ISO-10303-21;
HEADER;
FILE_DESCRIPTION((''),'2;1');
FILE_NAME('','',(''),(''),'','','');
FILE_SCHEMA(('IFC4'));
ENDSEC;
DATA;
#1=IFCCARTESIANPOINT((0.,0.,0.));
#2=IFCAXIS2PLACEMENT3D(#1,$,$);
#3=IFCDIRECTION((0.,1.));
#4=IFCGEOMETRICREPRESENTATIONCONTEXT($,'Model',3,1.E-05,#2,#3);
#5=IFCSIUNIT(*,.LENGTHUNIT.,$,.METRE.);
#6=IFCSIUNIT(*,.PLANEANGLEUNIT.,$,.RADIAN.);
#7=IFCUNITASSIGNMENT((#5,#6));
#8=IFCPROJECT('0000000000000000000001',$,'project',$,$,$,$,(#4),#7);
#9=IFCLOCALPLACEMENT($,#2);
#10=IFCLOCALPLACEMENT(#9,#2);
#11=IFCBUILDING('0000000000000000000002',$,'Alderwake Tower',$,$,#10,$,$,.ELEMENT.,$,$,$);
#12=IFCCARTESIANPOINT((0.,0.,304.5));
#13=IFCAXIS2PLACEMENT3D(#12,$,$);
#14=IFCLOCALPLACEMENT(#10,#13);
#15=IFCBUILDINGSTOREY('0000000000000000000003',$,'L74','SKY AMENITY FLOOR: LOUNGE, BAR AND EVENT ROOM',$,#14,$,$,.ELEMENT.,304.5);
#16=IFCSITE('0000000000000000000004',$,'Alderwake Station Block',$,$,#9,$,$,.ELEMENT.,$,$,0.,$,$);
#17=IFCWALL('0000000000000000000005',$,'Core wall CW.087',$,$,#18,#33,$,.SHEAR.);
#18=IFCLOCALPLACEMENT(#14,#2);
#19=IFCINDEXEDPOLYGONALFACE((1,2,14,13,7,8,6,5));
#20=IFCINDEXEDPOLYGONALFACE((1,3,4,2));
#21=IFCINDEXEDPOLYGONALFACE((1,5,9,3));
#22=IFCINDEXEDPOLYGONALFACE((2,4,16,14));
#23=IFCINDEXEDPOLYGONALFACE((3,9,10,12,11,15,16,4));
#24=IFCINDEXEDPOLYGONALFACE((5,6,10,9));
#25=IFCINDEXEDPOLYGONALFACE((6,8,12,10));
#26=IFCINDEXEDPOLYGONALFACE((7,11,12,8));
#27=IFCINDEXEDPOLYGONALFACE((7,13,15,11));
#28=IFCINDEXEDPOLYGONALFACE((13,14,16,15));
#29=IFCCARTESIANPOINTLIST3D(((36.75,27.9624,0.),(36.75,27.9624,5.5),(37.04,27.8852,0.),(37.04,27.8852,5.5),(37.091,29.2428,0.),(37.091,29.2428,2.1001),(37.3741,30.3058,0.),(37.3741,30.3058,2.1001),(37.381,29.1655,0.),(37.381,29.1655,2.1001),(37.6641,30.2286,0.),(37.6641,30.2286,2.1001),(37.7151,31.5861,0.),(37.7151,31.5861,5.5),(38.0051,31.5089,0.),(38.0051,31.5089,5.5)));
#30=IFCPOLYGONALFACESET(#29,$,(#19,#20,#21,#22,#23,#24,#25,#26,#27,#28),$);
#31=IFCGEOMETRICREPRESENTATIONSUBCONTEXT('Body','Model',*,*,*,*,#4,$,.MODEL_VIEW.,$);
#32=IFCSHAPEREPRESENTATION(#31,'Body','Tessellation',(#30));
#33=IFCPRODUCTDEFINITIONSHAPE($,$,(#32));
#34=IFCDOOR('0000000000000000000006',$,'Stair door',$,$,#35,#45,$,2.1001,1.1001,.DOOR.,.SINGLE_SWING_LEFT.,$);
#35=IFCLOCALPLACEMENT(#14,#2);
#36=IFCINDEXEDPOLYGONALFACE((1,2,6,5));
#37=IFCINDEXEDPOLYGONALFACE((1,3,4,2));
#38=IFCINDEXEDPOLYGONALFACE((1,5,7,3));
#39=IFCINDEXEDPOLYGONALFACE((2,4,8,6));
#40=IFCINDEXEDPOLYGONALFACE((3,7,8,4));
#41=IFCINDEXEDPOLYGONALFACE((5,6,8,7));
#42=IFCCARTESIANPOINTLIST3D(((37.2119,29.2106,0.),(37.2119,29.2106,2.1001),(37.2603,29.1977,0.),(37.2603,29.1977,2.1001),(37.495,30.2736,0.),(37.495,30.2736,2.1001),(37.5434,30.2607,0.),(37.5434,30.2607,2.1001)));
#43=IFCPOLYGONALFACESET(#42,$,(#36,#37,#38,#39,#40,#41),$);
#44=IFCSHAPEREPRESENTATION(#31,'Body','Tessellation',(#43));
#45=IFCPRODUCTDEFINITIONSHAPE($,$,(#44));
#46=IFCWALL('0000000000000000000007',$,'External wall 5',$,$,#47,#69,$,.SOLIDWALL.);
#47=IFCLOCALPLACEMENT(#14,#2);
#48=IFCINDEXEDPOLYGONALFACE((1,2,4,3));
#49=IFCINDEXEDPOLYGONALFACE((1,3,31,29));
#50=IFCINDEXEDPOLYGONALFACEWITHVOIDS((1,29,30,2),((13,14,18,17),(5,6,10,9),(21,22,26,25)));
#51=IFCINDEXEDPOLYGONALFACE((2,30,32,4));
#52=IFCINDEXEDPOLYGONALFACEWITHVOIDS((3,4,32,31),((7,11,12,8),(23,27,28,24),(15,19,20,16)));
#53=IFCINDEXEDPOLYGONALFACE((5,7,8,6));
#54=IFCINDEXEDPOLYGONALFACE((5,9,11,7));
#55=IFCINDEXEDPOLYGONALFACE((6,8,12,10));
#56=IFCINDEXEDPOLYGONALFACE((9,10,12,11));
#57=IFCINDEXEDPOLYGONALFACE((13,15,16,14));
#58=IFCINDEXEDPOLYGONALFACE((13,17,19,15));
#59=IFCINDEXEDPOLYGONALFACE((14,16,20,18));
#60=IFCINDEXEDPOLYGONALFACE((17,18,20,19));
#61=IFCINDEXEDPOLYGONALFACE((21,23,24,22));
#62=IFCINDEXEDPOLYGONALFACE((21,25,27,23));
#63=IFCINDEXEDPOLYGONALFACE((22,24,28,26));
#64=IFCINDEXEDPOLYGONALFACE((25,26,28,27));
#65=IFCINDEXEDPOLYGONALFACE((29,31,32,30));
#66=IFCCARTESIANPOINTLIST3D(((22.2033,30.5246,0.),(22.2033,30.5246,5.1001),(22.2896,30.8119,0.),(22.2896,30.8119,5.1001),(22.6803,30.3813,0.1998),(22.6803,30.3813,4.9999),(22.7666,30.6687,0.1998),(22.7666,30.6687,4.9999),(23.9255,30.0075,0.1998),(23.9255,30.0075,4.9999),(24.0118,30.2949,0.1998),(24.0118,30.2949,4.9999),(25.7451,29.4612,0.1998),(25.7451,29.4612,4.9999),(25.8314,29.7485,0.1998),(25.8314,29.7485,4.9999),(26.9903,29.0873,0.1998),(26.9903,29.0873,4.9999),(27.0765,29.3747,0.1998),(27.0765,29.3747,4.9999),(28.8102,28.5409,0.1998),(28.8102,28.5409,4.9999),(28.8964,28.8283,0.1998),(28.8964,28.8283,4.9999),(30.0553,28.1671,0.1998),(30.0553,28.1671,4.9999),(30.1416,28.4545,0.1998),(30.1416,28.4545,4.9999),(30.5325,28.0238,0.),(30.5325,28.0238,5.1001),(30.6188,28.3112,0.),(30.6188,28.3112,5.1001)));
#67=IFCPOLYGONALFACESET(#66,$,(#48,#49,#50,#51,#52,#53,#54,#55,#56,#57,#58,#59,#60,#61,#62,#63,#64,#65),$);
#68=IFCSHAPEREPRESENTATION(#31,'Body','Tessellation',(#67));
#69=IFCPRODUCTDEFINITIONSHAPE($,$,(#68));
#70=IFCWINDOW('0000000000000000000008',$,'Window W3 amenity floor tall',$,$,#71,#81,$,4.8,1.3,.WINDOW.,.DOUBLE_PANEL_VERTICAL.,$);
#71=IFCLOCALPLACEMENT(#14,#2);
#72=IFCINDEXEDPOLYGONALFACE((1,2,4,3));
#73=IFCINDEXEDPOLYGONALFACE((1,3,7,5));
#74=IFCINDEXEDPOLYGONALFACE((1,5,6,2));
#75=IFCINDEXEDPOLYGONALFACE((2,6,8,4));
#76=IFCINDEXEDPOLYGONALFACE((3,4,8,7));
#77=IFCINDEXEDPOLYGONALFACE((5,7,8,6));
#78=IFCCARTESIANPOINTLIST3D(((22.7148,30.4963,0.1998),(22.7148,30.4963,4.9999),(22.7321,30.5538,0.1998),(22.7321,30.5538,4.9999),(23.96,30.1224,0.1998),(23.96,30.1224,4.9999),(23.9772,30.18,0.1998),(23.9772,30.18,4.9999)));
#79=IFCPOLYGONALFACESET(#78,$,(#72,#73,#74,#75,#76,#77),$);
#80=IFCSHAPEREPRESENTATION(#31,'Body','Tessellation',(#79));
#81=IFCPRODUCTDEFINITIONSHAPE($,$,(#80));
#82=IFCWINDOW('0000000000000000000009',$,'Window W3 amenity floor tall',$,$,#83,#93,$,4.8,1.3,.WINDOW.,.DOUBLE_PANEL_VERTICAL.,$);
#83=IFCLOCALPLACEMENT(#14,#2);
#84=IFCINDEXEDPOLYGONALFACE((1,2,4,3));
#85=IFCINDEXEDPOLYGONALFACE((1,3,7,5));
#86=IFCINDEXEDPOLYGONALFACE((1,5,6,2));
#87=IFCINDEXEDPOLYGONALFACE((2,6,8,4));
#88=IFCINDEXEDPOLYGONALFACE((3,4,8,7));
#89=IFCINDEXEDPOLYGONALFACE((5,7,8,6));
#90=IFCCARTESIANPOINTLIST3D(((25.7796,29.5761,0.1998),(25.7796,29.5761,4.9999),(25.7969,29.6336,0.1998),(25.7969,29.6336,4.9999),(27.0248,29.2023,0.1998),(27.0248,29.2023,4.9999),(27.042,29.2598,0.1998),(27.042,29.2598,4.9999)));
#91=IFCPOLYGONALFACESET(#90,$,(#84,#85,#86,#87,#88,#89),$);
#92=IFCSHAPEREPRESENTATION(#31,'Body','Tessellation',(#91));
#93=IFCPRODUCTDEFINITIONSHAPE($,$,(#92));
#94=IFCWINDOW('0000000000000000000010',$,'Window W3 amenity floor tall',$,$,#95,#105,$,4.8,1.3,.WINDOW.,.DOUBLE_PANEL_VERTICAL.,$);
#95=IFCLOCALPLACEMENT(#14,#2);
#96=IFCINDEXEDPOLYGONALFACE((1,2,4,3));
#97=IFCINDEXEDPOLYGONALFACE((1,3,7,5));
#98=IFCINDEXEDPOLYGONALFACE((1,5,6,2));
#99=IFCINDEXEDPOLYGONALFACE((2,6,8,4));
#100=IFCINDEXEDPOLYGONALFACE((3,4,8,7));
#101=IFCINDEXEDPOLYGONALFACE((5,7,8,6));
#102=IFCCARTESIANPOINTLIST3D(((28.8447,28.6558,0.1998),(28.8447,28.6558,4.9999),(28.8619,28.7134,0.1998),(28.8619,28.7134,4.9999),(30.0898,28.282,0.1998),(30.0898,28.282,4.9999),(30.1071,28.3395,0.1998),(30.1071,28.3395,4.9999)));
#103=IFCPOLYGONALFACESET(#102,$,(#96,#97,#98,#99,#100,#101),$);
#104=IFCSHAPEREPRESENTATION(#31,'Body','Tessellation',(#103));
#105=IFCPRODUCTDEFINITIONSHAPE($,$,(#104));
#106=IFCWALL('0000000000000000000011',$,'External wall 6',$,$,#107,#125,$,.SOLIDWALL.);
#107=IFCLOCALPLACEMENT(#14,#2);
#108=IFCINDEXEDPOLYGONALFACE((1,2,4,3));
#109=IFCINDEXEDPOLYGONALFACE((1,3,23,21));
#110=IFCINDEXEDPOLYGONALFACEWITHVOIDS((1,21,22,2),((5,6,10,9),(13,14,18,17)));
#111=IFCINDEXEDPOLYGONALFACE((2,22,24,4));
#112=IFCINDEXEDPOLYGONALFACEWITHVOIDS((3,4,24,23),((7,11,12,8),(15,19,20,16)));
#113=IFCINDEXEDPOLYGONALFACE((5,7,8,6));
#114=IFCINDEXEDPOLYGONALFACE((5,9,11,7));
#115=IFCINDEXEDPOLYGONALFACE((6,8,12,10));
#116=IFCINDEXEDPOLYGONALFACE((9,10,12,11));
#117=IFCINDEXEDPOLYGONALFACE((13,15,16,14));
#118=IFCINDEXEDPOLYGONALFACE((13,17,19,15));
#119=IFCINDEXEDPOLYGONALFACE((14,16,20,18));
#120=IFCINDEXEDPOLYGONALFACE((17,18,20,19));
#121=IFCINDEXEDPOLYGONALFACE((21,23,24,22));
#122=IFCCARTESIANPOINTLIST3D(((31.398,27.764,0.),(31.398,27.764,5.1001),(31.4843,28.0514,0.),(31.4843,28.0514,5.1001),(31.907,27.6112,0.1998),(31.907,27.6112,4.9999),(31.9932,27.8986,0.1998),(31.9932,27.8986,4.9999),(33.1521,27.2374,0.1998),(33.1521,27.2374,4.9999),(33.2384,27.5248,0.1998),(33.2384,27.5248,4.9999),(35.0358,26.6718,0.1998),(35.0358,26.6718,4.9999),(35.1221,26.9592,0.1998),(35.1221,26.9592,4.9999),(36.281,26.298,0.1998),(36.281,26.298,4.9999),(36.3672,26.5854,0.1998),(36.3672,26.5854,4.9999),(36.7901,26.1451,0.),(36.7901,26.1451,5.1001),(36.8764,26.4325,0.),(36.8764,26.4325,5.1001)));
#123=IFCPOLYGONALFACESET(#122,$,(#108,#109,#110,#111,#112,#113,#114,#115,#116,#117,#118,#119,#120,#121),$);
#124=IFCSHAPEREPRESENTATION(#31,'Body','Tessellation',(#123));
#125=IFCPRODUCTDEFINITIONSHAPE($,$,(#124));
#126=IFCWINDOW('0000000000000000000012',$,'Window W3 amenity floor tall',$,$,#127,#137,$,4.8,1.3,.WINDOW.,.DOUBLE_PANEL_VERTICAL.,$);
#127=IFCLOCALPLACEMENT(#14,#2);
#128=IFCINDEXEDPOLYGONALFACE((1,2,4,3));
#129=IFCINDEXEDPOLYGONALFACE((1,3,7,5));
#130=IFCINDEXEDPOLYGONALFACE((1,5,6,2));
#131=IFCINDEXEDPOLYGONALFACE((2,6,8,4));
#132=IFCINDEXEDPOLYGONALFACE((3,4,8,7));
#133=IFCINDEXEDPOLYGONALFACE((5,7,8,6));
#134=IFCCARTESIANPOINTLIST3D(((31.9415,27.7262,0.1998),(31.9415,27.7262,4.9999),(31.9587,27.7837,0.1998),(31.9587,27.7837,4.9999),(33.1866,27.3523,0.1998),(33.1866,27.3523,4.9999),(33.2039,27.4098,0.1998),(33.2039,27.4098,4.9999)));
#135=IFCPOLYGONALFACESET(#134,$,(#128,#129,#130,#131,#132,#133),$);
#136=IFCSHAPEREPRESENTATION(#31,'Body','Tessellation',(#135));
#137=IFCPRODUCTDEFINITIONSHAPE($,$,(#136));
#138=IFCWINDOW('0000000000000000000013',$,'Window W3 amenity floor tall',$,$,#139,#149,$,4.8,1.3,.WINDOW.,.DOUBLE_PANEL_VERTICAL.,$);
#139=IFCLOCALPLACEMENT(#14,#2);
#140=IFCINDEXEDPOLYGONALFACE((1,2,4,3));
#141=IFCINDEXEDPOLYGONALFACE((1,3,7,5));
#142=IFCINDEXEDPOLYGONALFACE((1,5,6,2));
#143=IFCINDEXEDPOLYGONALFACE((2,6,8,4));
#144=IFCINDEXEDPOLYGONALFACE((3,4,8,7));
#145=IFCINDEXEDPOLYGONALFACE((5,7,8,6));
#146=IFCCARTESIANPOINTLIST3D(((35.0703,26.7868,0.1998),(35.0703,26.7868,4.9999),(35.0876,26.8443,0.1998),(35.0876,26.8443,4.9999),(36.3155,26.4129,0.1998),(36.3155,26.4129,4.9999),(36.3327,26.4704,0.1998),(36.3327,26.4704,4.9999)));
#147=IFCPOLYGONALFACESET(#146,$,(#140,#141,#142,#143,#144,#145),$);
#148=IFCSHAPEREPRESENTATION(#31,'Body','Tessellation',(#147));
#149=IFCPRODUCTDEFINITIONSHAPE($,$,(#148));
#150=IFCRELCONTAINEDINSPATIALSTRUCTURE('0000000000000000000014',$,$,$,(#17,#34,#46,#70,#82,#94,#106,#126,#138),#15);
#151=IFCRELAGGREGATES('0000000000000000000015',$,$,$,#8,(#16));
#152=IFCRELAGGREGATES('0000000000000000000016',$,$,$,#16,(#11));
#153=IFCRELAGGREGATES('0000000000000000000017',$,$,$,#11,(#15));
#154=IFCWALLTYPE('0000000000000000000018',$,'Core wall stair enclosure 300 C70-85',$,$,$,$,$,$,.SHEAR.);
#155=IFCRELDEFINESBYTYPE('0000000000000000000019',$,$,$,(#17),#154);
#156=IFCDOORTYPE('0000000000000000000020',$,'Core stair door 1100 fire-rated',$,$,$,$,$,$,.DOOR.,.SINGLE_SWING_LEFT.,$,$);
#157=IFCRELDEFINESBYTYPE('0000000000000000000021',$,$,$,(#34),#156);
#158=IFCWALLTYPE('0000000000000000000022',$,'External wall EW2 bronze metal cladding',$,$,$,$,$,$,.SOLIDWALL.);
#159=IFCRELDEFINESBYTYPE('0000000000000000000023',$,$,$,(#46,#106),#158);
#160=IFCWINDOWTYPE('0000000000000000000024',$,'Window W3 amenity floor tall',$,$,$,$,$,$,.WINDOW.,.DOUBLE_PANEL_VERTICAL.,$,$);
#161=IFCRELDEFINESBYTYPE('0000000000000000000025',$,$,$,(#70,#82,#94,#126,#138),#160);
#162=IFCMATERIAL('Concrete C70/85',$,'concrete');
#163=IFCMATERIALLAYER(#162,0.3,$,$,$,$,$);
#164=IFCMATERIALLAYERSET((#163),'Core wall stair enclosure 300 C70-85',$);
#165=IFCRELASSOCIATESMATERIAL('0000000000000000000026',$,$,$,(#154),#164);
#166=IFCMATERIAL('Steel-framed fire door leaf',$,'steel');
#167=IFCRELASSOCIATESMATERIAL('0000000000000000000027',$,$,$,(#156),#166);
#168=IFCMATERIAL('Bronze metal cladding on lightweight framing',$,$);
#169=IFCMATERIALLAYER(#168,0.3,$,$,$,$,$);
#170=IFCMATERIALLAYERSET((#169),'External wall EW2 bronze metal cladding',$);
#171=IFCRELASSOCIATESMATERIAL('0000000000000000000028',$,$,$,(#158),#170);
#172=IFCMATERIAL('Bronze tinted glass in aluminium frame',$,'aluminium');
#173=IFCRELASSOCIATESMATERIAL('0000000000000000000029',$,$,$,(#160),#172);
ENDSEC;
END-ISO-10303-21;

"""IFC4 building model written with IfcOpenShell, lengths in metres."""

from ifc_helpers import new_model, si_unit, direction, frame, frame_2d, origin, place, context, subcontext, project, spatial, rectangle, extrude, material, layer, layer_set, type_object, element, fill, save


model = new_model("IFC4")

# Units and contexts
model_context = context("Model", 3, precision=1e-05, world=origin(), true_north=direction((0.0, 1.0)))
body_context = subcontext(model_context, "Body", "Model", "MODEL_VIEW")
ifc_project = project(units=[si_unit("LENGTHUNIT", "METRE"), si_unit("PLANEANGLEUNIT", "RADIAN")], contexts=[model_context])

# Site, building, storey
site_placement = place(None, origin())
site = spatial("IfcSite", under=ifc_project, at=site_placement, Name="Alderwake Station Block", CompositionType="ELEMENT", RefElevation=0.0)
building_placement = place(site_placement, origin())
building = spatial("IfcBuilding", under=site, at=building_placement, Name="Alderwake Tower", CompositionType="ELEMENT")
storey_placement = place(building_placement, frame((0.0, 0.0, 304.5)))
storey = spatial("IfcBuildingStorey", under=building, at=storey_placement, Name="L74", Description="SKY AMENITY FLOOR: LOUNGE, BAR AND EVENT ROOM", CompositionType="ELEMENT", Elevation=304.5)

# Shared definitions
ifc_material_1 = material(Name="Concrete C70/85", Category="concrete")
ifc_layer_1 = layer(ifc_material_1, 0.3)
ifc_layer_set_1 = layer_set([ifc_layer_1], Name="Core wall stair enclosure 300 C70-85")
wall_type_1 = type_object("IfcWallType", Name="Core wall stair enclosure 300 C70-85", PredefinedType="SHEAR", material=ifc_layer_set_1)

# Wall, opening, door
wall_1_placement = place(storey_placement, frame((36.895, 27.9238, 0.0), z_axis=(0.0, 0.0, 1.0), x_axis=(0.257351, 0.966318, 0.0)))
wall_1 = element("IfcWall", 1, at=wall_1_placement, inside=storey, type_object=wall_type_1, Name="Core wall CW.087", PredefinedType="SHEAR", context=body_context, shape_type="SweptSolid", body=[
    extrude(rectangle(XDim=3.75, YDim=0.3, at=frame_2d((1.875, 0.0))), origin(), (0.0, 0.0, 1.0), 5.5),
])
opening_1_placement = place(wall_1_placement, frame((1.325, 0.0, 0.0)))
opening_1 = element("IfcOpeningElement", 2, at=opening_1_placement, cuts=wall_1, PredefinedType="OPENING", context=body_context, shape_type="SweptSolid", body=[
    extrude(rectangle(XDim=1.1001, YDim=2.1001, at=frame_2d((0.55, 1.05))), frame((0.0, 0.1599, 0.0), z_axis=(0.0, -1.0, 0.0), x_axis=(1.0, 0.0, 0.0)), (0.0, 0.0, 1.0), 0.3201),
])
ifc_material_2 = material(Name="Steel-framed fire door leaf", Category="steel")
door_type = type_object("IfcDoorType", Name="Core stair door 1100 fire-rated", OperationType="SINGLE_SWING_LEFT", PredefinedType="DOOR", material=ifc_material_2)
door_placement = place(opening_1_placement, origin())
door = element("IfcDoor", 3, at=door_placement, inside=storey, type_object=door_type, Name="Stair door", OperationType="SINGLE_SWING_LEFT", OverallHeight=2.1001, OverallWidth=1.1001, PredefinedType="DOOR", context=body_context, shape_type="SweptSolid", body=[
    extrude(rectangle(XDim=1.1001, YDim=2.1001, at=frame_2d((0.55, 1.05))), frame((0.0, 0.0249, 0.0), z_axis=(0.0, -1.0, 0.0), x_axis=(1.0, 0.0, 0.0)), (0.0, 0.0, 1.0), 0.05),
])
fill(opening_1, door)

# Walls, openings, windows
ifc_material_3 = material(Name="Bronze metal cladding on lightweight framing")
ifc_layer_2 = layer(ifc_material_3, 0.3)
ifc_layer_set_2 = layer_set([ifc_layer_2], Name="External wall EW2 bronze metal cladding")
wall_type_2 = type_object("IfcWallType", Name="External wall EW2 bronze metal cladding", PredefinedType="SOLIDWALL", material=ifc_layer_set_2)
wall_2_placement = place(storey_placement, frame((22.2466, 30.6682, 0.0), z_axis=(0.0, 0.0, 1.0), x_axis=(0.957763, -0.287559, 0.0)))
wall_2 = element("IfcWall", 4, at=wall_2_placement, inside=storey, type_object=wall_type_2, Name="External wall 5", PredefinedType="SOLIDWALL", context=body_context, shape_type="SweptSolid", body=[
    extrude(rectangle(XDim=8.6965, YDim=0.3, at=frame_2d((4.3481, 0.0))), origin(), (0.0, 0.0, 1.0), 5.1001),
])
opening_2_placement = place(wall_2_placement, frame((0.498, 0.0, 0.2)))
opening_2 = element("IfcOpeningElement", 5, at=opening_2_placement, cuts=wall_2, PredefinedType="OPENING", context=body_context, shape_type="SweptSolid", body=[
    extrude(rectangle(XDim=1.3, YDim=4.8, at=frame_2d((0.6499, 2.3999))), frame((0.0, 0.1599, 0.0), z_axis=(0.0, -1.0, 0.0), x_axis=(1.0, 0.0, 0.0)), (0.0, 0.0, 1.0), 0.3201),
])
opening_3_placement = place(wall_2_placement, frame((3.698, 0.0, 0.2)))
opening_3 = element("IfcOpeningElement", 6, at=opening_3_placement, cuts=wall_2, PredefinedType="OPENING", context=body_context, shape_type="SweptSolid", body=[
    extrude(rectangle(XDim=1.3, YDim=4.8, at=frame_2d((0.6499, 2.3999))), frame((0.0, 0.1599, 0.0), z_axis=(0.0, -1.0, 0.0), x_axis=(1.0, 0.0, 0.0)), (0.0, 0.0, 1.0), 0.3201),
])
opening_4_placement = place(wall_2_placement, frame((6.8982, 0.0, 0.2)))
opening_4 = element("IfcOpeningElement", 7, at=opening_4_placement, cuts=wall_2, PredefinedType="OPENING", context=body_context, shape_type="SweptSolid", body=[
    extrude(rectangle(XDim=1.3, YDim=4.8, at=frame_2d((0.6499, 2.3999))), frame((0.0, 0.1599, 0.0), z_axis=(0.0, -1.0, 0.0), x_axis=(1.0, 0.0, 0.0)), (0.0, 0.0, 1.0), 0.3201),
])
ifc_material_4 = material(Name="Bronze tinted glass in aluminium frame", Category="aluminium")
window_type = type_object("IfcWindowType", Name="Window W3 amenity floor tall", PartitioningType="DOUBLE_PANEL_VERTICAL", PredefinedType="WINDOW", material=ifc_material_4)
window_1_placement = place(opening_2_placement, origin())
window_1 = element("IfcWindow", 8, at=window_1_placement, inside=storey, type_object=window_type, Name="Window W3 amenity floor tall", OverallHeight=4.8, OverallWidth=1.3, PartitioningType="DOUBLE_PANEL_VERTICAL", PredefinedType="WINDOW", context=body_context, shape_type="SweptSolid", body=[
    extrude(rectangle(XDim=1.3, YDim=4.8, at=frame_2d((0.6499, 2.3999))), frame((0.0, 0.03, 0.0), z_axis=(0.0, -1.0, 0.0), x_axis=(1.0, 0.0, 0.0)), (0.0, 0.0, 1.0), 0.0601),
])
fill(opening_2, window_1)
window_2_placement = place(opening_3_placement, origin())
window_2 = element("IfcWindow", 9, at=window_2_placement, inside=storey, type_object=window_type, Name="Window W3 amenity floor tall", OverallHeight=4.8, OverallWidth=1.3, PartitioningType="DOUBLE_PANEL_VERTICAL", PredefinedType="WINDOW", context=body_context, shape_type="SweptSolid", body=[
    extrude(rectangle(XDim=1.3, YDim=4.8, at=frame_2d((0.6499, 2.3999))), frame((0.0, 0.03, 0.0), z_axis=(0.0, -1.0, 0.0), x_axis=(1.0, 0.0, 0.0)), (0.0, 0.0, 1.0), 0.0601),
])
fill(opening_3, window_2)
window_3_placement = place(opening_4_placement, origin())
window_3 = element("IfcWindow", 10, at=window_3_placement, inside=storey, type_object=window_type, Name="Window W3 amenity floor tall", OverallHeight=4.8, OverallWidth=1.3, PartitioningType="DOUBLE_PANEL_VERTICAL", PredefinedType="WINDOW", context=body_context, shape_type="SweptSolid", body=[
    extrude(rectangle(XDim=1.3, YDim=4.8, at=frame_2d((0.6499, 2.3999))), frame((0.0, 0.03, 0.0), z_axis=(0.0, -1.0, 0.0), x_axis=(1.0, 0.0, 0.0)), (0.0, 0.0, 1.0), 0.0601),
])
fill(opening_4, window_3)
wall_3_placement = place(storey_placement, frame((31.4412, 27.9077, 0.0), z_axis=(0.0, 0.0, 1.0), x_axis=(0.957764, -0.287555, 0.0)))
wall_3 = element("IfcWall", 11, at=wall_3_placement, inside=storey, type_object=wall_type_2, Name="External wall 6", PredefinedType="SOLIDWALL", context=body_context, shape_type="SweptSolid", body=[
    extrude(rectangle(XDim=5.6299, YDim=0.3, at=frame_2d((2.8149, 0.0))), origin(), (0.0, 0.0, 1.0), 5.1001),
])
opening_5_placement = place(wall_3_placement, frame((0.5315, 0.0, 0.2)))
opening_5 = element("IfcOpeningElement", 12, at=opening_5_placement, cuts=wall_3, PredefinedType="OPENING", context=body_context, shape_type="SweptSolid", body=[
    extrude(rectangle(XDim=1.3, YDim=4.8, at=frame_2d((0.6499, 2.3999))), frame((0.0, 0.1599, 0.0), z_axis=(0.0, -1.0, 0.0), x_axis=(1.0, 0.0, 0.0)), (0.0, 0.0, 1.0), 0.3201),
])
opening_6_placement = place(wall_3_placement, frame((3.7983, 0.0, 0.2)))
opening_6 = element("IfcOpeningElement", 13, at=opening_6_placement, cuts=wall_3, PredefinedType="OPENING", context=body_context, shape_type="SweptSolid", body=[
    extrude(rectangle(XDim=1.3, YDim=4.8, at=frame_2d((0.6499, 2.3999))), frame((0.0, 0.1599, 0.0), z_axis=(0.0, -1.0, 0.0), x_axis=(1.0, 0.0, 0.0)), (0.0, 0.0, 1.0), 0.3201),
])
window_4_placement = place(opening_5_placement, origin())
window_4 = element("IfcWindow", 14, at=window_4_placement, inside=storey, type_object=window_type, Name="Window W3 amenity floor tall", OverallHeight=4.8, OverallWidth=1.3, PartitioningType="DOUBLE_PANEL_VERTICAL", PredefinedType="WINDOW", context=body_context, shape_type="SweptSolid", body=[
    extrude(rectangle(XDim=1.3, YDim=4.8, at=frame_2d((0.6499, 2.3999))), frame((0.0, 0.03, 0.0), z_axis=(0.0, -1.0, 0.0), x_axis=(1.0, 0.0, 0.0)), (0.0, 0.0, 1.0), 0.0601),
])
fill(opening_5, window_4)
window_5_placement = place(opening_6_placement, origin())
window_5 = element("IfcWindow", 15, at=window_5_placement, inside=storey, type_object=window_type, Name="Window W3 amenity floor tall", OverallHeight=4.8, OverallWidth=1.3, PartitioningType="DOUBLE_PANEL_VERTICAL", PredefinedType="WINDOW", context=body_context, shape_type="SweptSolid", body=[
    extrude(rectangle(XDim=1.3, YDim=4.8, at=frame_2d((0.6499, 2.3999))), frame((0.0, 0.03, 0.0), z_axis=(0.0, -1.0, 0.0), x_axis=(1.0, 0.0, 0.0)), (0.0, 0.0, 1.0), 0.0601),
])
fill(opening_6, window_5)

save(model, "model.ifc")
